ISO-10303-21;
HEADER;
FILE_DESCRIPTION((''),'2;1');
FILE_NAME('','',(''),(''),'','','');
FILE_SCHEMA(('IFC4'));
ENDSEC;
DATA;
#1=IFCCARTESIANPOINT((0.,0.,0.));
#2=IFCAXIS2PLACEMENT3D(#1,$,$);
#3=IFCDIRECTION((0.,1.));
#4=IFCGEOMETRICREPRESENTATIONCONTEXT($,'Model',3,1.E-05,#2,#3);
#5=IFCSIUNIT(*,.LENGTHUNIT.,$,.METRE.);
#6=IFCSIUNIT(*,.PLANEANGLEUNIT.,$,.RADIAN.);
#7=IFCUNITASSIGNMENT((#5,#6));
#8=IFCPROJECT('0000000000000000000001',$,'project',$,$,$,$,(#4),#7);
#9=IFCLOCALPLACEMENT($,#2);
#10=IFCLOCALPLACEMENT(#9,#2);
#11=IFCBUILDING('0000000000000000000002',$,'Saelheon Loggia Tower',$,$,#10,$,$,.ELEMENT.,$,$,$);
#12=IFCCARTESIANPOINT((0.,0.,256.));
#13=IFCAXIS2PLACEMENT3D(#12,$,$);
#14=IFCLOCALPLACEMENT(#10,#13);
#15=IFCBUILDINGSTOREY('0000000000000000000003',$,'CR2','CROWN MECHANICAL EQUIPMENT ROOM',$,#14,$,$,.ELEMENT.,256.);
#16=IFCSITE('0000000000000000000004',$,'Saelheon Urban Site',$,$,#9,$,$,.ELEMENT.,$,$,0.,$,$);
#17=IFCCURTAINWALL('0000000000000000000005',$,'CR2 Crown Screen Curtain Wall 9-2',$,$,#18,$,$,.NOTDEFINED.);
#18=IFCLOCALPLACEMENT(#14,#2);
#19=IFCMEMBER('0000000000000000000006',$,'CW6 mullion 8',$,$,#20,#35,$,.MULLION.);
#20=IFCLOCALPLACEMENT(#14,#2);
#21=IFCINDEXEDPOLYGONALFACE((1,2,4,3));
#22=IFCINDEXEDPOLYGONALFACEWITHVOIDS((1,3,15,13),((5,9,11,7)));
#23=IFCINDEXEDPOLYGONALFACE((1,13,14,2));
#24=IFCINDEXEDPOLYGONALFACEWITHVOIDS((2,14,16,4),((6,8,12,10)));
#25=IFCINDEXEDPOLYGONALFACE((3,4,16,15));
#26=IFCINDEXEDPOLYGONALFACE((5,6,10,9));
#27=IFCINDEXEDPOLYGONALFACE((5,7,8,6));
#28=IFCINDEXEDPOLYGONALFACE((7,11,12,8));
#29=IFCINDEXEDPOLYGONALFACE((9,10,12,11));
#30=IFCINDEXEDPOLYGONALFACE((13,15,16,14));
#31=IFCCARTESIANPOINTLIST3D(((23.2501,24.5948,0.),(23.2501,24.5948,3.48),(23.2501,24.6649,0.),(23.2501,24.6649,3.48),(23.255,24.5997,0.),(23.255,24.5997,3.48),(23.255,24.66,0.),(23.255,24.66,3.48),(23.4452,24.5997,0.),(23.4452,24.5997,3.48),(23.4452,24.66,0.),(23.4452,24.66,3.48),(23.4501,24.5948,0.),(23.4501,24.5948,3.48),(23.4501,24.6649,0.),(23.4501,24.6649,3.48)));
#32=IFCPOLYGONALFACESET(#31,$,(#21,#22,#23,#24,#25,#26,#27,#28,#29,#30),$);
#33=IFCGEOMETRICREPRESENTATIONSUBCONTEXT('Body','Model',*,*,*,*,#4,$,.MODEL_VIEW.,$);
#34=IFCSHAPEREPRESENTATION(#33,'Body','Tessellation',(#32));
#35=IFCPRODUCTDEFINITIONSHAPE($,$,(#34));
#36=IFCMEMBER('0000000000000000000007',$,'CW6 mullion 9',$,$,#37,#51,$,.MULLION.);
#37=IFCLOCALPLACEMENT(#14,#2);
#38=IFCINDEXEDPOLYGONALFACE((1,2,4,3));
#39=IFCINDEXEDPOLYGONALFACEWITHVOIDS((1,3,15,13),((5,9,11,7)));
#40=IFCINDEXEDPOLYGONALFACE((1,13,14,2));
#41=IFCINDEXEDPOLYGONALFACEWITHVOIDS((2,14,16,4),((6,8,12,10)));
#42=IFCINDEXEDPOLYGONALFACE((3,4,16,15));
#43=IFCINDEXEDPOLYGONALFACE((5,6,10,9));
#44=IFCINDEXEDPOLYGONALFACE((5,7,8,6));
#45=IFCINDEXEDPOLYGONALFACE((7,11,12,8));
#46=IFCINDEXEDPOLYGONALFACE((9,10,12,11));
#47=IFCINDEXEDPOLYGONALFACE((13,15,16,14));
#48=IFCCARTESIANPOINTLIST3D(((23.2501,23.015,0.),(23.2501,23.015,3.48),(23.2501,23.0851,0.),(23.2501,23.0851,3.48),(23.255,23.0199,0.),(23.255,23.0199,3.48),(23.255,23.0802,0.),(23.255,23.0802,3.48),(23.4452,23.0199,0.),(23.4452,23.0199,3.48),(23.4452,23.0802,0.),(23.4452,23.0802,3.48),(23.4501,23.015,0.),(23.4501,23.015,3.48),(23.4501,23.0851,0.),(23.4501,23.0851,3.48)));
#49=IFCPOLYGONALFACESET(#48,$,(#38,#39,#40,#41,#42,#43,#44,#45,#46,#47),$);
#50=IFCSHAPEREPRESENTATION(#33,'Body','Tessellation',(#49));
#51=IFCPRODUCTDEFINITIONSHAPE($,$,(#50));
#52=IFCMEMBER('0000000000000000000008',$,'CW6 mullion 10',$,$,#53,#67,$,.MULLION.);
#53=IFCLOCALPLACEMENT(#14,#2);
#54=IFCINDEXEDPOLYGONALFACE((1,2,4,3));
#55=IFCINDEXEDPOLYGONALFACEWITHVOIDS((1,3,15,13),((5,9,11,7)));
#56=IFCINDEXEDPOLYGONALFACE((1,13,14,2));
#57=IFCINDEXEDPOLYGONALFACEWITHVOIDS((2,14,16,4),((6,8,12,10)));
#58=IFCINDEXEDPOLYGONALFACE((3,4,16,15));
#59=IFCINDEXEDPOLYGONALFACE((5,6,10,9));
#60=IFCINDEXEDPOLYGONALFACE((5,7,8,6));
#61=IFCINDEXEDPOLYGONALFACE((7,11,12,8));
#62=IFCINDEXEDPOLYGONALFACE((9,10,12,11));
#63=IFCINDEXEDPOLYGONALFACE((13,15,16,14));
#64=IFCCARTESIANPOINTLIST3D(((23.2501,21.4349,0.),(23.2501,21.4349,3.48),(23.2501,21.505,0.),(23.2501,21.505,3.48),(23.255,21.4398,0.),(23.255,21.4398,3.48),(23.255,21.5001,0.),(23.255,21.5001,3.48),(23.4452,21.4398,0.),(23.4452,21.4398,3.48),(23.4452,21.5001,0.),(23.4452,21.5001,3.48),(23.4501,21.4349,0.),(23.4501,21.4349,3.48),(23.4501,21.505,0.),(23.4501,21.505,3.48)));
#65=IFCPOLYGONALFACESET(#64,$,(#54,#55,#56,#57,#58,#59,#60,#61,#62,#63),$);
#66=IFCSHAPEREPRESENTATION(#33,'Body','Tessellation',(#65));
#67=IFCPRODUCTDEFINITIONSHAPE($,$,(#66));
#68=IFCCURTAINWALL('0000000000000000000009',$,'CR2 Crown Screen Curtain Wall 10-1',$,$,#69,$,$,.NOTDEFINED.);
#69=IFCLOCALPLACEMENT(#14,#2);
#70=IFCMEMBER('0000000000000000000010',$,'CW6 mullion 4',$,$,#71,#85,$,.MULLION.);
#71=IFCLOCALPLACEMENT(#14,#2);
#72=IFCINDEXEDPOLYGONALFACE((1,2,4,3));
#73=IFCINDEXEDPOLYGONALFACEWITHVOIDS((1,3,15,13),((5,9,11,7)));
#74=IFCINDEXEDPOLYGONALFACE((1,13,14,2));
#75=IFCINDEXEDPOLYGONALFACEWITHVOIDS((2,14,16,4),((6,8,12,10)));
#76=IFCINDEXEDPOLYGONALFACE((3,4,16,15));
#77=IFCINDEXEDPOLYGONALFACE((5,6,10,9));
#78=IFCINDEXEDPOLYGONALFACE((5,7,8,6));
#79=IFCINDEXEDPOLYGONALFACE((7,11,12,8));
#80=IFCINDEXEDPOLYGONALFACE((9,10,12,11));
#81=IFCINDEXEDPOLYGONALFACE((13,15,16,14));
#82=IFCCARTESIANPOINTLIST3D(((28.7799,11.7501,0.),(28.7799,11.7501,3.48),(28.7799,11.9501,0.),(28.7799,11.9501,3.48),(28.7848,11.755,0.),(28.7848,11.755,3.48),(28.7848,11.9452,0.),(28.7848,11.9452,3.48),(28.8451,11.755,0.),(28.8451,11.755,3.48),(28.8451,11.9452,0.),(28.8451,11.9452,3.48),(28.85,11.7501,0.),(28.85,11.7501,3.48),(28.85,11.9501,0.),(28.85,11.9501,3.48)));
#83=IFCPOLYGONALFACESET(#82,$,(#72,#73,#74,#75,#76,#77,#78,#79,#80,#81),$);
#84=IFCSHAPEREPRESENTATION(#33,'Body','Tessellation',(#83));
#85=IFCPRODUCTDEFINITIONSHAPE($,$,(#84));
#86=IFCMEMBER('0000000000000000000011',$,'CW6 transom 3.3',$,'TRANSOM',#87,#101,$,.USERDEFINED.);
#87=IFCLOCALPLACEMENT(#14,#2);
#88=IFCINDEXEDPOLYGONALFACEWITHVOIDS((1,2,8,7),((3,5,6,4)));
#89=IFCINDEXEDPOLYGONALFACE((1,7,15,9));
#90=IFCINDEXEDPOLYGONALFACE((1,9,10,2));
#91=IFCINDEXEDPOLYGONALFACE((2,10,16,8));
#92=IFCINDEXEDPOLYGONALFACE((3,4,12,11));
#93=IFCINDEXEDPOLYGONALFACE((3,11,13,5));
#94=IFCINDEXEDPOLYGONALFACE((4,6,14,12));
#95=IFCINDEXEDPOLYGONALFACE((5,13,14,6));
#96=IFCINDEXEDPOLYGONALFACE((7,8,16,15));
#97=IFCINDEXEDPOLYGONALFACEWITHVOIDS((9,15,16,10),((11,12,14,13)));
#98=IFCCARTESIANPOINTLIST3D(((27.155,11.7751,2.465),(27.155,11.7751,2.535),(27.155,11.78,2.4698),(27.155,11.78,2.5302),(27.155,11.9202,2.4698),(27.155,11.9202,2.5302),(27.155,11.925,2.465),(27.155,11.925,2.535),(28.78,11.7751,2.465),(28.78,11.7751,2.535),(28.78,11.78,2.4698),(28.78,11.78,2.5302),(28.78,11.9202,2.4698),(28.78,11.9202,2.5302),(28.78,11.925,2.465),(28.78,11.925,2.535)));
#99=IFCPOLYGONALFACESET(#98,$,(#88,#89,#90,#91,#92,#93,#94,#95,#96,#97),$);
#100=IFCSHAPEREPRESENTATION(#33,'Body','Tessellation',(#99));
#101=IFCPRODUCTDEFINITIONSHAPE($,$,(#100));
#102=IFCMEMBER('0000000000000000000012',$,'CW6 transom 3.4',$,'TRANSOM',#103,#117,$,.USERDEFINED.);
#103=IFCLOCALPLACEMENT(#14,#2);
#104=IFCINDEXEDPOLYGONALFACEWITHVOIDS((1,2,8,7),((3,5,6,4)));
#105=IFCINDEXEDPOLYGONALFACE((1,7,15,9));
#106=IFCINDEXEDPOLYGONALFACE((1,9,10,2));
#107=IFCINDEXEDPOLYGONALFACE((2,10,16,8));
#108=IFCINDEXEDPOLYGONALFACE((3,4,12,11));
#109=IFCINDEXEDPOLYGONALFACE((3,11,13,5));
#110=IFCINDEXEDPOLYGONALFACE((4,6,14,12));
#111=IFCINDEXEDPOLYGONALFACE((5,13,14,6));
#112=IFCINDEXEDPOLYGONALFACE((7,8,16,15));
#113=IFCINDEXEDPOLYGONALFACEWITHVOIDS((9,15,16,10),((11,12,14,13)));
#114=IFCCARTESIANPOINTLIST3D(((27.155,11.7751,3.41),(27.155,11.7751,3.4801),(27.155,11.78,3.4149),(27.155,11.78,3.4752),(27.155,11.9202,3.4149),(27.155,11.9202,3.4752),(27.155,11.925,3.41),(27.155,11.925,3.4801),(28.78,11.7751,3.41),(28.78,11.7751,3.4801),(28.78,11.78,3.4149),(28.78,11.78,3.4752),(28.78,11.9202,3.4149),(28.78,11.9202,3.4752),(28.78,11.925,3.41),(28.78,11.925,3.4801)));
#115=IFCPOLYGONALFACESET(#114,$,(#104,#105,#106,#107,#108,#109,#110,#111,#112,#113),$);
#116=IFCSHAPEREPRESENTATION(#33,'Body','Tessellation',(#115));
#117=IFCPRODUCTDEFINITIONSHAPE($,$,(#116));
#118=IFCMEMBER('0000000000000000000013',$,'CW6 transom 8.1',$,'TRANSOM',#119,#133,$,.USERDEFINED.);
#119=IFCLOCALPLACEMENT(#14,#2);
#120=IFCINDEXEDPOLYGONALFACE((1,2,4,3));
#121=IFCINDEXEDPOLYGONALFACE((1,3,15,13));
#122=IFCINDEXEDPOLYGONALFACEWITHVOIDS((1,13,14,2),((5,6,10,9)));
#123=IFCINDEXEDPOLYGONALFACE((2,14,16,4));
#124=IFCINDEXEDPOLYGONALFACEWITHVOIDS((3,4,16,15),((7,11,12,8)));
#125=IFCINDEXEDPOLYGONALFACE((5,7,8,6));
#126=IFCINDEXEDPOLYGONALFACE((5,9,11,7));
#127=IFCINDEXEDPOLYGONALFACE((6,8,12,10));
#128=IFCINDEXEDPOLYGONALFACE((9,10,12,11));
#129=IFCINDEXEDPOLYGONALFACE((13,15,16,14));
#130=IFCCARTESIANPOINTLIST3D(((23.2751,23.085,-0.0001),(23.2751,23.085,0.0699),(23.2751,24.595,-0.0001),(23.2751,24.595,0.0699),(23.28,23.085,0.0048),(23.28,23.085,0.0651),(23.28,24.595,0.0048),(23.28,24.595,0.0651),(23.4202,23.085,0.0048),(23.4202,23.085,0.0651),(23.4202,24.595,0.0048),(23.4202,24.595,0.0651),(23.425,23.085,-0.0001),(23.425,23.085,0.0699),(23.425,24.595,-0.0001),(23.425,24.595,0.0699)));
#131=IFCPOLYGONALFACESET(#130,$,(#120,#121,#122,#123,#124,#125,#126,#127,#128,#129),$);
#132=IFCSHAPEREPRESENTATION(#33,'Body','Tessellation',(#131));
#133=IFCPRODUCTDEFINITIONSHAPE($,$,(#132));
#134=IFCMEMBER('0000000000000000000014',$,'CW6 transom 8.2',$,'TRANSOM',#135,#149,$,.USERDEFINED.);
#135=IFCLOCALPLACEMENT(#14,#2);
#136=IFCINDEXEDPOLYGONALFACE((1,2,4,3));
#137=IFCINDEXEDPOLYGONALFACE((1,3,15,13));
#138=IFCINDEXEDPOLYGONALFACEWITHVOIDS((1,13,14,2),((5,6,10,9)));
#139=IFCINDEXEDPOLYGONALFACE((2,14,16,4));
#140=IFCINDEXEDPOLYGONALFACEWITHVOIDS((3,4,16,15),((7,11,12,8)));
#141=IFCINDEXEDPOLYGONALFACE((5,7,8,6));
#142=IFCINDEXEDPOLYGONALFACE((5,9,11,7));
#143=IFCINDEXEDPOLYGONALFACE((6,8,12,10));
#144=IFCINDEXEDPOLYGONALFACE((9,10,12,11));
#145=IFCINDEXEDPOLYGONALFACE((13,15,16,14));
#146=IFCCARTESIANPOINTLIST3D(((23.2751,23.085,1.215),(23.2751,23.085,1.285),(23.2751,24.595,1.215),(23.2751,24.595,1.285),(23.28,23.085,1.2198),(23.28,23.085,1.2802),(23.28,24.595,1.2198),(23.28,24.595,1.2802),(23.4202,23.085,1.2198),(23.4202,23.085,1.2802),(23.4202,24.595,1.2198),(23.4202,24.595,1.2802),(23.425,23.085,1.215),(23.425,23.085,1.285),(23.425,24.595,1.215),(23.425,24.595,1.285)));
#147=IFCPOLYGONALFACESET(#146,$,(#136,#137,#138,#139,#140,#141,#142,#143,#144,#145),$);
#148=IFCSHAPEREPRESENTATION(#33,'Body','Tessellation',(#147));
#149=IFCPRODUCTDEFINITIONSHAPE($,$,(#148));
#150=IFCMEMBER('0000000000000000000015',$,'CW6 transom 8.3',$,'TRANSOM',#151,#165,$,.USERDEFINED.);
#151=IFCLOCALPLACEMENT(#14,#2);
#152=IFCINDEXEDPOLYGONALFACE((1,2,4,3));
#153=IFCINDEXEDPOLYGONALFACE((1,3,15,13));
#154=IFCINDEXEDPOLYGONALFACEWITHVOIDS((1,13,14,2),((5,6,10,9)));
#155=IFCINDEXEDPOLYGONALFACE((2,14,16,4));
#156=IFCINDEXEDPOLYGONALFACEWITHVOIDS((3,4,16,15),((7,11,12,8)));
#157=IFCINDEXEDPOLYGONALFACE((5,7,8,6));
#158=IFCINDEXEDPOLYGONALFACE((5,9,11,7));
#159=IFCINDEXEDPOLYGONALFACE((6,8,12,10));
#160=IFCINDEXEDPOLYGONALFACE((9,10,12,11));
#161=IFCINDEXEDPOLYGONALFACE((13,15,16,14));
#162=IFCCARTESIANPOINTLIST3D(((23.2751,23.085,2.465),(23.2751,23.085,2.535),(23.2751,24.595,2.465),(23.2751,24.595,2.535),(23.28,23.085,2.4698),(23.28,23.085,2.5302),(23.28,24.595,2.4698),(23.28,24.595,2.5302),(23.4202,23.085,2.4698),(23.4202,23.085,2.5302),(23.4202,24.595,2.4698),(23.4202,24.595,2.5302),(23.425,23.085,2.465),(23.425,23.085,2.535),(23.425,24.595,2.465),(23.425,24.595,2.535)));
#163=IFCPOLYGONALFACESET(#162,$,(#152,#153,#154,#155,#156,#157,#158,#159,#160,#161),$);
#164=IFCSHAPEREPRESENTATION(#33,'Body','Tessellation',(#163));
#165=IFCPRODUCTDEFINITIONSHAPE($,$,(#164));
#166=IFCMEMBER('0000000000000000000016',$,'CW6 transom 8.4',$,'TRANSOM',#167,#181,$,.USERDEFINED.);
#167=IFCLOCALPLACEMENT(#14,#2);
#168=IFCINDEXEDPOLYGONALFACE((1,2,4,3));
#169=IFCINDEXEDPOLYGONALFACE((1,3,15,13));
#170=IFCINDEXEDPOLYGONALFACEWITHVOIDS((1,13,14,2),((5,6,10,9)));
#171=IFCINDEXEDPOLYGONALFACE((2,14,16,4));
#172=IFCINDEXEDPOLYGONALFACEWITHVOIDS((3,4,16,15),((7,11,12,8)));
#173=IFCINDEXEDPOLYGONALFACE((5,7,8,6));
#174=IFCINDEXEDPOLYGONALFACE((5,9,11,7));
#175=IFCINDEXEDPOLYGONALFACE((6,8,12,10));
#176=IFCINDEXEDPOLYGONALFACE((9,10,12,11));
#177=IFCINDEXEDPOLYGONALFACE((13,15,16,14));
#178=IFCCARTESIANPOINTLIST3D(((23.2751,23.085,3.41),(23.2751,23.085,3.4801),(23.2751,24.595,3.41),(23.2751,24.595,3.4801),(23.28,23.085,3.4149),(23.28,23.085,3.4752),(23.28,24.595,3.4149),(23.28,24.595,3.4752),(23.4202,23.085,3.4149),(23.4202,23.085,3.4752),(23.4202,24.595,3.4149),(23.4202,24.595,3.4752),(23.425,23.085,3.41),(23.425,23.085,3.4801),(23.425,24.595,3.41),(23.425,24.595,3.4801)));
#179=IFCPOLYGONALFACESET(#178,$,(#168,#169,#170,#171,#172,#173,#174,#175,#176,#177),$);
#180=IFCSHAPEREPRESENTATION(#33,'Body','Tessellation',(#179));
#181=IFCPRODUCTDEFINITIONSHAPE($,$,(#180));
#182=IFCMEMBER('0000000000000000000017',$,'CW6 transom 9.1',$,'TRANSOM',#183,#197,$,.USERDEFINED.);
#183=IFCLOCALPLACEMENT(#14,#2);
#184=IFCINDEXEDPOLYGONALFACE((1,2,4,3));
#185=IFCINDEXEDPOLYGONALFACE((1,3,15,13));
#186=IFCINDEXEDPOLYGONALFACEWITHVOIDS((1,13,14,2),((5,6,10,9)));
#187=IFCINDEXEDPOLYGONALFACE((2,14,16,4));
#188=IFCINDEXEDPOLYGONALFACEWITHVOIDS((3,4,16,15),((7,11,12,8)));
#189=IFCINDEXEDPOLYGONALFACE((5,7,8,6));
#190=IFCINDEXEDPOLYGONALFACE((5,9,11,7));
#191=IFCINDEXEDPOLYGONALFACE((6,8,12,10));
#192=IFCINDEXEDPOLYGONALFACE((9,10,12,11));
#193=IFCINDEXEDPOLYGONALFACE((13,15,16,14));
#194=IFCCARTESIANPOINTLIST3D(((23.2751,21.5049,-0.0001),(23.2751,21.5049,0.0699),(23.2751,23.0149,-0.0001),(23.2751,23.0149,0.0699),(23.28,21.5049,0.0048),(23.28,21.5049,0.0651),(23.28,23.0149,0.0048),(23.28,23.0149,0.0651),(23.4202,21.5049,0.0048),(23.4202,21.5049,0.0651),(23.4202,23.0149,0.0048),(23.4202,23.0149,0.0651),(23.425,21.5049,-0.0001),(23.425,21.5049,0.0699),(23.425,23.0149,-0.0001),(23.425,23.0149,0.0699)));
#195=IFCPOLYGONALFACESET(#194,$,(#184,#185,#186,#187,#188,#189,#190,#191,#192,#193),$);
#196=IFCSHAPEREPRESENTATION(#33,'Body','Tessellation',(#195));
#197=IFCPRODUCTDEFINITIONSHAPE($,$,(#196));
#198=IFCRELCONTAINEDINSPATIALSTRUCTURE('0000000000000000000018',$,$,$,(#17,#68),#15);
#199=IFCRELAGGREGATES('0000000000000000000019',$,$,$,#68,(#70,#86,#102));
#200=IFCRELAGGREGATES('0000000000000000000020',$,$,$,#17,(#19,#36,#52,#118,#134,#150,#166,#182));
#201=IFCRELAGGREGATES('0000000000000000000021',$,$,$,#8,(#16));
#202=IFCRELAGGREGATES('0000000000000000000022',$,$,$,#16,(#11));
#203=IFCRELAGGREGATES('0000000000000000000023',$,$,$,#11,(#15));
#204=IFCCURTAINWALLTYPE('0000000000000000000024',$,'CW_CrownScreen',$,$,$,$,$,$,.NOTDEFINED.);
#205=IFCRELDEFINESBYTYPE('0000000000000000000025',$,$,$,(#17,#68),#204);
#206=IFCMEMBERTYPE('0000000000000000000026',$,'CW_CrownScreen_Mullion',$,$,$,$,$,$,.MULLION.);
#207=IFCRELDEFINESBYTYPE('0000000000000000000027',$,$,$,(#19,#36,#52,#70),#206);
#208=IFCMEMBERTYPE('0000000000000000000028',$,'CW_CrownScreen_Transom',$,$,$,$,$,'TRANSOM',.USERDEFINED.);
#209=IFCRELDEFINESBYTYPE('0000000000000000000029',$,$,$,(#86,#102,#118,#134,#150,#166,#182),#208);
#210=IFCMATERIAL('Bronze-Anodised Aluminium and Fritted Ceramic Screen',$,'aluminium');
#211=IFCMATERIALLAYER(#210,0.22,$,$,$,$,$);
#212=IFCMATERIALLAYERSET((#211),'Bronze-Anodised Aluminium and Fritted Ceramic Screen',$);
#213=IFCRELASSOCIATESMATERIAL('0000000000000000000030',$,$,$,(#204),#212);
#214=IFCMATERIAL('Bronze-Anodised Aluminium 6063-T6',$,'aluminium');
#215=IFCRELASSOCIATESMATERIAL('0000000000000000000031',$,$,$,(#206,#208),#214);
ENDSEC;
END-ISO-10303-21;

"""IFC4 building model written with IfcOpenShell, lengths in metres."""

from ifc_helpers import new_model, si_unit, direction, frame, origin, origin_2d, place, context, subcontext, project, spatial, hollow_rectangle, extrude, source, transform, mapped, material, layer, layer_set, material_profile, profile_set, type_object, element, aggregate, save


model = new_model("IFC4")

# Units and contexts
model_context = context("Model", 3, precision=1e-05, world=origin(), true_north=direction((0.0, 1.0)))
body_context = subcontext(model_context, "Body", "Model", "MODEL_VIEW")
ifc_project = project(units=[si_unit("LENGTHUNIT", "METRE"), si_unit("PLANEANGLEUNIT", "RADIAN")], contexts=[model_context])

# Site, building, storey
site_placement = place(None, origin())
site = spatial("IfcSite", under=ifc_project, at=site_placement, Name="Saelheon Urban Site", CompositionType="ELEMENT", RefElevation=0.0)
building_placement = place(site_placement, origin())
building = spatial("IfcBuilding", under=site, at=building_placement, Name="Saelheon Loggia Tower", CompositionType="ELEMENT")
storey_placement = place(building_placement, frame((0.0, 0.0, 256.0)))
storey = spatial("IfcBuildingStorey", under=building, at=storey_placement, Name="CR2", Description="CROWN MECHANICAL EQUIPMENT ROOM", CompositionType="ELEMENT", Elevation=256.0)

# Curtain walls, members
ifc_material_1 = material(Name="Bronze-Anodised Aluminium and Fritted Ceramic Screen", Category="aluminium")
ifc_layer_1 = layer(ifc_material_1, 0.22)
ifc_layer_set_1 = layer_set([ifc_layer_1], Name="Bronze-Anodised Aluminium and Fritted Ceramic Screen")
curtain_wall_type = type_object("IfcCurtainWallType", Name="CW_CrownScreen", PredefinedType="NOTDEFINED", material=ifc_layer_set_1)
curtain_wall_1_placement = place(storey_placement, origin())
curtain_wall_1 = element("IfcCurtainWall", 1, at=curtain_wall_1_placement, inside=storey, type_object=curtain_wall_type, Name="CR2 Crown Screen Curtain Wall 9-2", PredefinedType="NOTDEFINED")
ifc_material_2 = material(Name="Bronze-Anodised Aluminium 6063-T6", Category="aluminium")
ifc_material_profile_1 = material_profile(ifc_material_2, hollow_rectangle(XDim=0.0701, YDim=0.2, WallThickness=0.0049, at=origin_2d()), Name="RHS-200x70x5")
ifc_profile_set_1 = profile_set([ifc_material_profile_1], Name="Bronze-Anodised Aluminium 6063-T6")
member_type_1 = type_object("IfcMemberType", Name="CW_CrownScreen_Mullion", PredefinedType="MULLION", material=ifc_profile_set_1)
shared_shape_1 = source(origin(), body_context, "Body", "SweptSolid", [
    extrude(hollow_rectangle(XDim=0.0701, YDim=0.2, WallThickness=0.0049, at=origin_2d()), origin(), (0.0, 0.0, 1.0), 3.48),
])
member_1_placement = place(storey_placement, frame((23.3501, 24.6299, 0.0), z_axis=(0.0, 0.0, 1.0), x_axis=(0.0, -1.0, 0.0)))
member_1 = element("IfcMember", 2, at=member_1_placement, type_object=member_type_1, Name="CW6 mullion 8", PredefinedType="MULLION", context=body_context, shape_type="MappedRepresentation", body=[
    mapped(shared_shape_1, transform((0.0, 0.0, 0.0), scale=1.0)),
])
member_2_placement = place(storey_placement, frame((23.3501, 23.05, 0.0), z_axis=(0.0, 0.0, 1.0), x_axis=(0.0, -1.0, 0.0)))
member_2 = element("IfcMember", 3, at=member_2_placement, type_object=member_type_1, Name="CW6 mullion 9", PredefinedType="MULLION", context=body_context, shape_type="MappedRepresentation", body=[
    mapped(shared_shape_1, transform((0.0, 0.0, 0.0), scale=1.0)),
])
member_3_placement = place(storey_placement, frame((23.3501, 21.47, 0.0), z_axis=(0.0, 0.0, 1.0), x_axis=(0.0, -1.0, 0.0)))
member_3 = element("IfcMember", 4, at=member_3_placement, type_object=member_type_1, Name="CW6 mullion 10", PredefinedType="MULLION", context=body_context, shape_type="MappedRepresentation", body=[
    mapped(shared_shape_1, transform((0.0, 0.0, 0.0), scale=1.0)),
])
curtain_wall_2_placement = place(storey_placement, origin())
curtain_wall_2 = element("IfcCurtainWall", 5, at=curtain_wall_2_placement, inside=storey, type_object=curtain_wall_type, Name="CR2 Crown Screen Curtain Wall 10-1", PredefinedType="NOTDEFINED")
member_4_placement = place(storey_placement, frame((28.8149, 11.8501, 0.0), z_axis=(0.0, 0.0, 1.0), x_axis=(1.0, 0.0, 0.0)))
member_4 = element("IfcMember", 6, at=member_4_placement, type_object=member_type_1, Name="CW6 mullion 4", PredefinedType="MULLION", context=body_context, shape_type="MappedRepresentation", body=[
    mapped(shared_shape_1, transform((0.0, 0.0, 0.0), scale=1.0)),
])
ifc_material_profile_2 = material_profile(ifc_material_2, hollow_rectangle(XDim=0.0701, YDim=0.1499, WallThickness=0.0049, at=origin_2d()), Name="RHS-150x70x5")
ifc_profile_set_2 = profile_set([ifc_material_profile_2], Name="Bronze-Anodised Aluminium 6063-T6")
member_type_2 = type_object("IfcMemberType", Name="CW_CrownScreen_Transom", ElementType="TRANSOM", PredefinedType="USERDEFINED", material=ifc_profile_set_2)
shared_shape_2 = source(origin(), body_context, "Body", "SweptSolid", [
    extrude(hollow_rectangle(XDim=0.0701, YDim=0.1499, WallThickness=0.0049, at=origin_2d()), origin(), (0.0, 0.0, 1.0), 1.625),
])
member_5_placement = place(storey_placement, frame((27.155, 11.8501, 2.5), z_axis=(1.0, 0.0, 0.0), x_axis=(0.0, 0.0, 1.0)))
member_5 = element("IfcMember", 7, at=member_5_placement, type_object=member_type_2, Name="CW6 transom 3.3", ObjectType="TRANSOM", PredefinedType="USERDEFINED", context=body_context, shape_type="MappedRepresentation", body=[
    mapped(shared_shape_2, transform((0.0, 0.0, 0.0), scale=1.0)),
])
member_6_placement = place(storey_placement, frame((27.155, 11.8501, 3.4451), z_axis=(1.0, 0.0, 0.0), x_axis=(0.0, 0.0, 1.0)))
member_6 = element("IfcMember", 8, at=member_6_placement, type_object=member_type_2, Name="CW6 transom 3.4", ObjectType="TRANSOM", PredefinedType="USERDEFINED", context=body_context, shape_type="MappedRepresentation", body=[
    mapped(shared_shape_2, transform((0.0, 0.0, 0.0), scale=1.0)),
])

# Members
shared_shape_3 = source(origin(), body_context, "Body", "SweptSolid", [
    extrude(hollow_rectangle(XDim=0.0701, YDim=0.1499, WallThickness=0.0049, at=origin_2d()), origin(), (0.0, 0.0, 1.0), 1.51),
])
member_7_placement = place(storey_placement, frame((23.3501, 24.595, 0.0349), z_axis=(0.0, -1.0, 0.0), x_axis=(0.0, 0.0, 1.0)))
member_7 = element("IfcMember", 9, at=member_7_placement, type_object=member_type_2, Name="CW6 transom 8.1", ObjectType="TRANSOM", PredefinedType="USERDEFINED", context=body_context, shape_type="MappedRepresentation", body=[
    mapped(shared_shape_3, transform((0.0, 0.0, 0.0), scale=1.0)),
])
member_8_placement = place(storey_placement, frame((23.3501, 24.595, 1.25), z_axis=(0.0, -1.0, 0.0), x_axis=(0.0, 0.0, 1.0)))
member_8 = element("IfcMember", 10, at=member_8_placement, type_object=member_type_2, Name="CW6 transom 8.2", ObjectType="TRANSOM", PredefinedType="USERDEFINED", context=body_context, shape_type="MappedRepresentation", body=[
    mapped(shared_shape_3, transform((0.0, 0.0, 0.0), scale=1.0)),
])
member_9_placement = place(storey_placement, frame((23.3501, 24.595, 2.5), z_axis=(0.0, -1.0, 0.0), x_axis=(0.0, 0.0, 1.0)))
member_9 = element("IfcMember", 11, at=member_9_placement, type_object=member_type_2, Name="CW6 transom 8.3", ObjectType="TRANSOM", PredefinedType="USERDEFINED", context=body_context, shape_type="MappedRepresentation", body=[
    mapped(shared_shape_3, transform((0.0, 0.0, 0.0), scale=1.0)),
])
member_10_placement = place(storey_placement, frame((23.3501, 24.595, 3.4451), z_axis=(0.0, -1.0, 0.0), x_axis=(0.0, 0.0, 1.0)))
member_10 = element("IfcMember", 12, at=member_10_placement, type_object=member_type_2, Name="CW6 transom 8.4", ObjectType="TRANSOM", PredefinedType="USERDEFINED", context=body_context, shape_type="MappedRepresentation", body=[
    mapped(shared_shape_3, transform((0.0, 0.0, 0.0), scale=1.0)),
])
member_11_placement = place(storey_placement, frame((23.3501, 23.0149, 0.0349), z_axis=(0.0, -1.0, 0.0), x_axis=(0.0, 0.0, 1.0)))
member_11 = element("IfcMember", 13, at=member_11_placement, type_object=member_type_2, Name="CW6 transom 9.1", ObjectType="TRANSOM", PredefinedType="USERDEFINED", context=body_context, shape_type="MappedRepresentation", body=[
    mapped(shared_shape_3, transform((0.0, 0.0, 0.0), scale=1.0)),
])

aggregate(curtain_wall_2, [member_4, member_5, member_6])
aggregate(curtain_wall_1, [member_1, member_2, member_3, member_7, member_8, member_9, member_10, member_11])

save(model, "model.ifc")
